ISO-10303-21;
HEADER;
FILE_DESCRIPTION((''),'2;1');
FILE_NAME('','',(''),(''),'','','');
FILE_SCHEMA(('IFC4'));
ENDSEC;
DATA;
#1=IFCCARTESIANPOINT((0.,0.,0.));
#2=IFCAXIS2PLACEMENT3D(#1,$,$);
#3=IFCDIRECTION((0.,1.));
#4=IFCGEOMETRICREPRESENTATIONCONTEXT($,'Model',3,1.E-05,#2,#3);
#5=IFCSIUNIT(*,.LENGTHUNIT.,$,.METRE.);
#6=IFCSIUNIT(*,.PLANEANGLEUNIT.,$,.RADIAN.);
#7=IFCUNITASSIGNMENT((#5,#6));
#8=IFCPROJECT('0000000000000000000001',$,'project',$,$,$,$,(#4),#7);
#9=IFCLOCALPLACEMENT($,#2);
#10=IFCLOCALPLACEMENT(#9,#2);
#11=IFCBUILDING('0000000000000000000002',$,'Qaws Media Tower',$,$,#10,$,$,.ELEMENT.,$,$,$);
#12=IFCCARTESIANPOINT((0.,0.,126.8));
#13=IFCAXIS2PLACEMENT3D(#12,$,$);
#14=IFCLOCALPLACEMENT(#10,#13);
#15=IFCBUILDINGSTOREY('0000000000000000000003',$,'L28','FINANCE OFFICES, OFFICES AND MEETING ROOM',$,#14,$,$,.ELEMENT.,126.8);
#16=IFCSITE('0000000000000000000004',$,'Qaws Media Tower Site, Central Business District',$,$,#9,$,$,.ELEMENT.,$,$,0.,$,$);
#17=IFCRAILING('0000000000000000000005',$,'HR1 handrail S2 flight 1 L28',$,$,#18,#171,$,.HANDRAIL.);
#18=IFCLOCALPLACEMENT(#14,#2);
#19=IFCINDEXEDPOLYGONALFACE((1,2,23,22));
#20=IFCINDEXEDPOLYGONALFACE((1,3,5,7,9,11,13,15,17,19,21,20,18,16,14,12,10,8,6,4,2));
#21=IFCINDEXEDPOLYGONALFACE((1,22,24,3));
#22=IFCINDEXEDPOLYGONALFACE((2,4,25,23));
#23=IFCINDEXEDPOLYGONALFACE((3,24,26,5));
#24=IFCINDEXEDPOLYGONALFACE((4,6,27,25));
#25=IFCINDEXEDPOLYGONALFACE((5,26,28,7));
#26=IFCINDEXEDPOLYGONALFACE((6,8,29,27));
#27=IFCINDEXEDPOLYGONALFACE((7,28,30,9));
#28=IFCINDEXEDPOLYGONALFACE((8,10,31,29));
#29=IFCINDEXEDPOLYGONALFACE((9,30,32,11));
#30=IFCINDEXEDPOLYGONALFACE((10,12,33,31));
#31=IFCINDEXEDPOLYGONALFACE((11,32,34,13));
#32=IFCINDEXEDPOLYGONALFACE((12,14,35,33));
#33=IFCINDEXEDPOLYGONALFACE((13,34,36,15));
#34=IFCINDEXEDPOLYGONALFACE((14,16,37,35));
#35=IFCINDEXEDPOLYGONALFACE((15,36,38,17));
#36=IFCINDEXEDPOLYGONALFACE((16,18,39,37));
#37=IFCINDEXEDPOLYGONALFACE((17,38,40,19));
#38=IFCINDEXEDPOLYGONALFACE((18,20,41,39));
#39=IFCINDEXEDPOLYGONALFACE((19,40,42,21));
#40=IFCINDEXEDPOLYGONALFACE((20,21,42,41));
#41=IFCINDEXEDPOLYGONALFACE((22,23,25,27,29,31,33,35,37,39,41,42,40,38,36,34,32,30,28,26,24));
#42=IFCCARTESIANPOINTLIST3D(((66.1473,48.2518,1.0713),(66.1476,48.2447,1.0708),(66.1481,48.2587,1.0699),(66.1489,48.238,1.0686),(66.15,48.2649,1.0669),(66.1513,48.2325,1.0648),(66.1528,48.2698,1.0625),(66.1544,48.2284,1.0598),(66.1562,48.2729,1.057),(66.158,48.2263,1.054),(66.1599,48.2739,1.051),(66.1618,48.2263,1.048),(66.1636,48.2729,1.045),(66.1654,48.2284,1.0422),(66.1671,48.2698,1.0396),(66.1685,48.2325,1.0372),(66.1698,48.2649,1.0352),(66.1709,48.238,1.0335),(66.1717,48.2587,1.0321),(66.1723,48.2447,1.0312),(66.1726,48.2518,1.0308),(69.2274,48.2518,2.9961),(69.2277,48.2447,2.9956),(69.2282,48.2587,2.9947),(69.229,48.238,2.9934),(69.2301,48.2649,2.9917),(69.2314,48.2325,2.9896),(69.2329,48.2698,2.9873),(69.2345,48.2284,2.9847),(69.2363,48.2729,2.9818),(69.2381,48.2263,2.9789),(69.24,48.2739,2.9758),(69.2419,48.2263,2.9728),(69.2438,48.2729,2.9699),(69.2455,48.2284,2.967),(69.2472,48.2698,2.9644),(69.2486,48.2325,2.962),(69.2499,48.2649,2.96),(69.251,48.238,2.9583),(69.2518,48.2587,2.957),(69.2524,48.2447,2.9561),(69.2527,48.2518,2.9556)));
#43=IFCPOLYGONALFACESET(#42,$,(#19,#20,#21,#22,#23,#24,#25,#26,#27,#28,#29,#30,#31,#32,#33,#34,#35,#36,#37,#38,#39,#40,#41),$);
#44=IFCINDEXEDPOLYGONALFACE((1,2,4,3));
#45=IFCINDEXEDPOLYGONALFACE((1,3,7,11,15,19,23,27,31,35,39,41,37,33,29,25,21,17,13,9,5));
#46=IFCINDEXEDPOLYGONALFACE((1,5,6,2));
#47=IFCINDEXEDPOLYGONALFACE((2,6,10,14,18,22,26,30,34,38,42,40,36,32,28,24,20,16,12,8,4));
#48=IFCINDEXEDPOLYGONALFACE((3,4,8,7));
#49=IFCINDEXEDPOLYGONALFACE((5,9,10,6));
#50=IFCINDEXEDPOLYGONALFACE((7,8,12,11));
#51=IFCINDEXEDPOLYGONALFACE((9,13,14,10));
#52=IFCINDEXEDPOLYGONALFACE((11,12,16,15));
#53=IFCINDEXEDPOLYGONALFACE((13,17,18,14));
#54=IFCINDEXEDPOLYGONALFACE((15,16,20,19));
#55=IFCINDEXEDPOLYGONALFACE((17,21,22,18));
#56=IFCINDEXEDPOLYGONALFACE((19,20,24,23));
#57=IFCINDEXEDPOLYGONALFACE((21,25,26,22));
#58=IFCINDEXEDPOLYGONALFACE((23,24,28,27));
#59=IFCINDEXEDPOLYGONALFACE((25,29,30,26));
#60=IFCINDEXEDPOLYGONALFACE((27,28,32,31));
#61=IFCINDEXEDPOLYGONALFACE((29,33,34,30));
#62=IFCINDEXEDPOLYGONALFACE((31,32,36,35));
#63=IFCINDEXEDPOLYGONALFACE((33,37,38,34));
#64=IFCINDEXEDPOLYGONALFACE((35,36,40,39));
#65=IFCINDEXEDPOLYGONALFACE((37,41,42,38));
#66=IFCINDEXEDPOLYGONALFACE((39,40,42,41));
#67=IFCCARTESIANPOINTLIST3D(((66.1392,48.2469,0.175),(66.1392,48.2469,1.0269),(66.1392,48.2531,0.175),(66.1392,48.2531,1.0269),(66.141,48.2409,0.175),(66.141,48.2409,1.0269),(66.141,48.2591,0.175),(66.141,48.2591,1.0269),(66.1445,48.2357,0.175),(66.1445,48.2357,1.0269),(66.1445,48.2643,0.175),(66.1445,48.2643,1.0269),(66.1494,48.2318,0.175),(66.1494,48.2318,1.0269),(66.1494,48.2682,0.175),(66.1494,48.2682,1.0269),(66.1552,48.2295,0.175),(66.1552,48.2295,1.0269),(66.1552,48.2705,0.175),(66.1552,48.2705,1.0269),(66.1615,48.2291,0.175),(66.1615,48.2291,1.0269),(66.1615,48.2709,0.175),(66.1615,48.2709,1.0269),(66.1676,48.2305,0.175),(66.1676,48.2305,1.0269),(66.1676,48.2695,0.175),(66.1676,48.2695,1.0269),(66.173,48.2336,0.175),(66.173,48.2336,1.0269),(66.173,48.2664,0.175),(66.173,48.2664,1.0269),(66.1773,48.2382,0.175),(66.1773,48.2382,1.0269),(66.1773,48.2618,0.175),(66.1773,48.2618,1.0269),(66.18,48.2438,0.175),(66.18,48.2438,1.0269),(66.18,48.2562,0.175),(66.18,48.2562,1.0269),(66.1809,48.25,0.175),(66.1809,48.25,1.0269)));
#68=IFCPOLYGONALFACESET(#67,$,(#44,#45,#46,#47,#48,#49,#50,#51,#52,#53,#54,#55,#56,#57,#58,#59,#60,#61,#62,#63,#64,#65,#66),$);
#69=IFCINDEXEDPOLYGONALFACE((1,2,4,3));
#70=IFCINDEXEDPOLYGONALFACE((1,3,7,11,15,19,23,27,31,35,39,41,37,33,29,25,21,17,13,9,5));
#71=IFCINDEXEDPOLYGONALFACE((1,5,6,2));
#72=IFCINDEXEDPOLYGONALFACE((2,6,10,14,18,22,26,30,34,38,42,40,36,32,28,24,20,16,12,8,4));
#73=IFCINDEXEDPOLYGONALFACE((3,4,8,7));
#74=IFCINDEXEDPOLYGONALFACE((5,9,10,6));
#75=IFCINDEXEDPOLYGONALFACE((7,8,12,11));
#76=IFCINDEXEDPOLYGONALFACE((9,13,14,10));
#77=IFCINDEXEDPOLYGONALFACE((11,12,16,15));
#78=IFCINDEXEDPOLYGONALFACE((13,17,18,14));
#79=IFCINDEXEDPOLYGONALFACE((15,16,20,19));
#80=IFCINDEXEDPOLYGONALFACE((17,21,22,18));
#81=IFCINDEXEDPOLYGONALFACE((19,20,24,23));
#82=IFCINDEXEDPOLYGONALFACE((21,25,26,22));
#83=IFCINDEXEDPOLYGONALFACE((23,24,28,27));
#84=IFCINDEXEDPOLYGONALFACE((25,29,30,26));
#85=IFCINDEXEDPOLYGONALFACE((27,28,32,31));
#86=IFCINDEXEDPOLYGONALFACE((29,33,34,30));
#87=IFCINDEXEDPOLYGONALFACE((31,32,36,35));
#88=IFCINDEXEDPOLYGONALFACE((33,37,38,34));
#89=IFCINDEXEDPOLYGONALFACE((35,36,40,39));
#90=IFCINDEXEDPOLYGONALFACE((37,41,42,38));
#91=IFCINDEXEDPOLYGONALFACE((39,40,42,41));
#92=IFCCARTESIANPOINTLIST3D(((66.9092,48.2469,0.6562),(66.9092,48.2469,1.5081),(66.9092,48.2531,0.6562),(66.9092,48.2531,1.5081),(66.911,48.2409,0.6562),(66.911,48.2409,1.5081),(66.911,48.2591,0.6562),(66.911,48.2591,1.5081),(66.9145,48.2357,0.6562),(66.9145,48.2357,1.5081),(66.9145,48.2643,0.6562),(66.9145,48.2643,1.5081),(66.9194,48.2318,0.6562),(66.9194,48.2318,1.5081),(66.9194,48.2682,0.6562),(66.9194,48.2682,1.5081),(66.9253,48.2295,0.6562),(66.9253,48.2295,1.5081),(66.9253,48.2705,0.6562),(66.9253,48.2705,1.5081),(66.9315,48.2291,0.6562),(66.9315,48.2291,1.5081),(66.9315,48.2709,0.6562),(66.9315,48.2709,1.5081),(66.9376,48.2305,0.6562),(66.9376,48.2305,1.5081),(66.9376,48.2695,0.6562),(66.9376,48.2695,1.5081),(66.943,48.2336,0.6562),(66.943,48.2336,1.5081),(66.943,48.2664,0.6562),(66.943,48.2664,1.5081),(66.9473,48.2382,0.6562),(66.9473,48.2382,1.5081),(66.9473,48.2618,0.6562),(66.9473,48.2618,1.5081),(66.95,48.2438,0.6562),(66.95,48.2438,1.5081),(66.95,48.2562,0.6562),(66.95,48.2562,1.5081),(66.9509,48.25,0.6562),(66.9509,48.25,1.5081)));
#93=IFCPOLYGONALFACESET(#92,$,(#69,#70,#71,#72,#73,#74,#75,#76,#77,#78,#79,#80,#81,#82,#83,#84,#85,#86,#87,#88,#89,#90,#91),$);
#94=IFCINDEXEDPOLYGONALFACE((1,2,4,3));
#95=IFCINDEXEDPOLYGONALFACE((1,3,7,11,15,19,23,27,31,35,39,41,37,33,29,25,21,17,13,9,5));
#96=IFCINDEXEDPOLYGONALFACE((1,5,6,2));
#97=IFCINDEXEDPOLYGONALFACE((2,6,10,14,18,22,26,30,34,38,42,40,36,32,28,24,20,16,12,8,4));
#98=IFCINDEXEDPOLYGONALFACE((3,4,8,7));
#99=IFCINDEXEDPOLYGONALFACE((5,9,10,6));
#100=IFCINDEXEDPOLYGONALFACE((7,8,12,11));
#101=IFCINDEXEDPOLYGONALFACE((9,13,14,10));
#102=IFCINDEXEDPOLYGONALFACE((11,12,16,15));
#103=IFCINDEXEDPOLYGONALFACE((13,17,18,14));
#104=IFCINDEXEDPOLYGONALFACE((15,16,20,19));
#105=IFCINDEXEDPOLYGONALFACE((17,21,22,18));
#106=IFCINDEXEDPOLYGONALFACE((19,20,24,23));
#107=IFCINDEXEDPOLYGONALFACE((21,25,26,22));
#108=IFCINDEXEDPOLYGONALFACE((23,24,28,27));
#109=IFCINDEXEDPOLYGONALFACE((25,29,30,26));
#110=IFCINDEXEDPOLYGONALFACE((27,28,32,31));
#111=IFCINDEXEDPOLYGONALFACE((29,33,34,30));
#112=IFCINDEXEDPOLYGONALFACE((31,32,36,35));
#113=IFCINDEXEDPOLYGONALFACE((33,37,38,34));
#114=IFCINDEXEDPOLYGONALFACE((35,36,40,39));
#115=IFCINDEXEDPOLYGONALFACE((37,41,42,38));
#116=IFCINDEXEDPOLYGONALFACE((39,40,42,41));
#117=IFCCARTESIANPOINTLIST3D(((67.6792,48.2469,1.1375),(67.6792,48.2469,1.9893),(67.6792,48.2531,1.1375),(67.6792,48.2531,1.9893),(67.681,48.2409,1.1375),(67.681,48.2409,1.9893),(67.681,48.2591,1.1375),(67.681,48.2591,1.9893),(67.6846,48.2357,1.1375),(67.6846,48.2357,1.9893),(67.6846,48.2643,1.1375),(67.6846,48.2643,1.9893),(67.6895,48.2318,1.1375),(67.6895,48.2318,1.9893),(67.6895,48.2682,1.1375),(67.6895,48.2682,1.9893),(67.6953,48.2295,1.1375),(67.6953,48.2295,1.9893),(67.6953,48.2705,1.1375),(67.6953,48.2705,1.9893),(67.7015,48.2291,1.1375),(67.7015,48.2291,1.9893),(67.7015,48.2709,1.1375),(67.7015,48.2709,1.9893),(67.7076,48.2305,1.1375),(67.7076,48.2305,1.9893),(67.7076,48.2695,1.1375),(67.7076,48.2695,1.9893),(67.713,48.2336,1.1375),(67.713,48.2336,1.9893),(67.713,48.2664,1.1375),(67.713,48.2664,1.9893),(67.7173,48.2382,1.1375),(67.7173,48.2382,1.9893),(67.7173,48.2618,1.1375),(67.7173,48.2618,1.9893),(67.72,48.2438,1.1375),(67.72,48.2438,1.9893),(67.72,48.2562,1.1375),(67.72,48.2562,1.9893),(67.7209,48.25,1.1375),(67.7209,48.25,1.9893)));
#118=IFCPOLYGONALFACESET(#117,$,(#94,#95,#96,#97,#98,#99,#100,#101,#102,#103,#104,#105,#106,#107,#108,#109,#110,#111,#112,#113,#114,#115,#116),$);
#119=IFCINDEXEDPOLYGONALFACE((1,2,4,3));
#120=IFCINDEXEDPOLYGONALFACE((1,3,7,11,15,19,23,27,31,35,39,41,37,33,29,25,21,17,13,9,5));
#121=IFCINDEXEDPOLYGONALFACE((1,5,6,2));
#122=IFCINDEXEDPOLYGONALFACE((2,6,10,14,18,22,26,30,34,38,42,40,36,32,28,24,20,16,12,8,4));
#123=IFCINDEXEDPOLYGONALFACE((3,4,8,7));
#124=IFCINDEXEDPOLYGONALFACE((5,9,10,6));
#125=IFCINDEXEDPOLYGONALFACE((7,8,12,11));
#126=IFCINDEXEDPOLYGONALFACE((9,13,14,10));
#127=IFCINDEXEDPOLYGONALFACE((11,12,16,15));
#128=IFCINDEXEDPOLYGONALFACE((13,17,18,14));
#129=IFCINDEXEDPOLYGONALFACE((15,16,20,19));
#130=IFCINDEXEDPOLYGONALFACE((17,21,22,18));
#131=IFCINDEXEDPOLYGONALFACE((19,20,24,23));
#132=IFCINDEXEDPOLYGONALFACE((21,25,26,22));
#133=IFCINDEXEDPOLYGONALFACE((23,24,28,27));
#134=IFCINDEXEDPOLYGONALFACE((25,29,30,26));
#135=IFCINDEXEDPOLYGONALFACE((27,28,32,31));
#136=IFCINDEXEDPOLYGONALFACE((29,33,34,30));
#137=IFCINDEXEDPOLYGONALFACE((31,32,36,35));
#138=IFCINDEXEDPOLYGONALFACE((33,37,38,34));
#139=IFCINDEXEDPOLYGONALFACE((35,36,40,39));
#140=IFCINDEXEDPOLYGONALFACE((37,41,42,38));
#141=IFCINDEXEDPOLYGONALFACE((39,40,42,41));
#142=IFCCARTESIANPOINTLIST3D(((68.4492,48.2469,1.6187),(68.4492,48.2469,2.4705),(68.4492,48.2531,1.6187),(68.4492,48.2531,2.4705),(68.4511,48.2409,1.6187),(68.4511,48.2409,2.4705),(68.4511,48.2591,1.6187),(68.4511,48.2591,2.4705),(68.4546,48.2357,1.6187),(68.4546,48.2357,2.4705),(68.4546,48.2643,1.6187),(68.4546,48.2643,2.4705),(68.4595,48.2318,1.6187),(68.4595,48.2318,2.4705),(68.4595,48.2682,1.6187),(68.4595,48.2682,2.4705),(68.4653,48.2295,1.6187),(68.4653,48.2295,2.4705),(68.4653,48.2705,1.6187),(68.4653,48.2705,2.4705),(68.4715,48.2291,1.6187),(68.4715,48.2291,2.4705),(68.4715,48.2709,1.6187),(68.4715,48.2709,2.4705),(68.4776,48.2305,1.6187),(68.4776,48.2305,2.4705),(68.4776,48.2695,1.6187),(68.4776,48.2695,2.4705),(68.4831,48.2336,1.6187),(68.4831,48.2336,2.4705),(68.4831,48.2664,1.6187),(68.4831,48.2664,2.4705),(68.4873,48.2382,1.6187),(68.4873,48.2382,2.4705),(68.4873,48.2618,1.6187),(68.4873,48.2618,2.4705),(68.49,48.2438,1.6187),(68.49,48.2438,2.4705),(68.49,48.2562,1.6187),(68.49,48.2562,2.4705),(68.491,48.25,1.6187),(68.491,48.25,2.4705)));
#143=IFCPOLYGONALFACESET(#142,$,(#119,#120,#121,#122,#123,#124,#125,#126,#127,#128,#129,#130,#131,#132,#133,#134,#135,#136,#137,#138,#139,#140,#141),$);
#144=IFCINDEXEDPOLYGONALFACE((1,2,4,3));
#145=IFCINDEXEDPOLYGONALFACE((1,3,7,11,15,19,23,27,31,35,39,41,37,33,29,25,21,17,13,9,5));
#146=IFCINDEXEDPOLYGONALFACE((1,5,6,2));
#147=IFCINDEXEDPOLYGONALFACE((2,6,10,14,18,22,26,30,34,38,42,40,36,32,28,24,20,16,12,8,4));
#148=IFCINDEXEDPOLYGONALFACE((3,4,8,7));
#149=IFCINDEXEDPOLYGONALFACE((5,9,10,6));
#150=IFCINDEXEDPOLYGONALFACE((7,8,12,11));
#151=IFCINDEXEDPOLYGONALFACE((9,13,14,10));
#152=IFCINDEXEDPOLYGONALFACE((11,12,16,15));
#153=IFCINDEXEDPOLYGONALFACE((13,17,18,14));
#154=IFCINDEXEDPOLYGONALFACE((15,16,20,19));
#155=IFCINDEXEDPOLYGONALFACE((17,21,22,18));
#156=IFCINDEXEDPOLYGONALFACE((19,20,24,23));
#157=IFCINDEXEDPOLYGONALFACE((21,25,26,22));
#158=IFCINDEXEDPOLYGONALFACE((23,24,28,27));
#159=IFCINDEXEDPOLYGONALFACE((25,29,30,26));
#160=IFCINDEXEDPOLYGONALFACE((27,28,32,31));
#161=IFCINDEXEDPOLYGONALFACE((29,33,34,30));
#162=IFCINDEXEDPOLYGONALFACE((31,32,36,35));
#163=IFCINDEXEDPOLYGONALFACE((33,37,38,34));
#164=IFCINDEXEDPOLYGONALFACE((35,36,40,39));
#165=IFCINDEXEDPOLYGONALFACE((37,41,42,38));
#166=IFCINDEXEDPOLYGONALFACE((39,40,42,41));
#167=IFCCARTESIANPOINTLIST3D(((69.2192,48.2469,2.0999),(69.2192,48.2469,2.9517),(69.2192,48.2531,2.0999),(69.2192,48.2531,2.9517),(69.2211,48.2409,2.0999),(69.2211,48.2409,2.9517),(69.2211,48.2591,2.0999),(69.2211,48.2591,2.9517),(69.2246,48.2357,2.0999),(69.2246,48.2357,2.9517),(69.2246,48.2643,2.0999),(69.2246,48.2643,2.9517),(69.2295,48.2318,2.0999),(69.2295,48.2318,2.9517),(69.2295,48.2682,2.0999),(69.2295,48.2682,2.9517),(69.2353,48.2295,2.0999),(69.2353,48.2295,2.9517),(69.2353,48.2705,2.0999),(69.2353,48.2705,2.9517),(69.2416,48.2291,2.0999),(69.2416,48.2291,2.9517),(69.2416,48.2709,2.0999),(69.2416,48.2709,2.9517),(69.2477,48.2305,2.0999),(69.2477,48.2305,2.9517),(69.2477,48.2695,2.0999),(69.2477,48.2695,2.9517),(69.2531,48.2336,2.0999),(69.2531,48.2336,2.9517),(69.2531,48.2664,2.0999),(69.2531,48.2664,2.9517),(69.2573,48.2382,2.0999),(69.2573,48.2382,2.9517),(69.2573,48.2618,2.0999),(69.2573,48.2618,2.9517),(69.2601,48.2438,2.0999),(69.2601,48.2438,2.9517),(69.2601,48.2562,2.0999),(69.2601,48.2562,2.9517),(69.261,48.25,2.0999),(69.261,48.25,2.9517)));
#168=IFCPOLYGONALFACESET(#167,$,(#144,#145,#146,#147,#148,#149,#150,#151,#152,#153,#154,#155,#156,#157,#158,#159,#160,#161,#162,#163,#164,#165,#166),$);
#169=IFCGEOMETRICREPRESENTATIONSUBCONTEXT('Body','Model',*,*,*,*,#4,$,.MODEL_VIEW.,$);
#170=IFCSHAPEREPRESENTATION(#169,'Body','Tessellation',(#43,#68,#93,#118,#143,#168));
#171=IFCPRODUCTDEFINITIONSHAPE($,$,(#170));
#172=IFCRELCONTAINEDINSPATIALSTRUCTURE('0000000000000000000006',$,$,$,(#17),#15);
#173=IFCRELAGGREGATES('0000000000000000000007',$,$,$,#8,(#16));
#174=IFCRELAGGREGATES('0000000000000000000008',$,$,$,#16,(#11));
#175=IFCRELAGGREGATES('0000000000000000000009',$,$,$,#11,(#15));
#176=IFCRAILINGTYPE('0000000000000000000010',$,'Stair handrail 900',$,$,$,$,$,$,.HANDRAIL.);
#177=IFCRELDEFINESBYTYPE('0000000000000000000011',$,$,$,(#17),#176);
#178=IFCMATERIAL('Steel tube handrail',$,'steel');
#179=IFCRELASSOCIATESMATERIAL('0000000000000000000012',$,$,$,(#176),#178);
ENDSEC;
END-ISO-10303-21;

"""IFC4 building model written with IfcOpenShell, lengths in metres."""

from ifc_helpers import new_model, si_unit, direction, frame, origin, origin_2d, place, context, subcontext, project, spatial, circle, extrude, material, type_object, element, save


model = new_model("IFC4")

# Units and contexts
model_context = context("Model", 3, precision=1e-05, world=origin(), true_north=direction((0.0, 1.0)))
body_context = subcontext(model_context, "Body", "Model", "MODEL_VIEW")
ifc_project = project(units=[si_unit("LENGTHUNIT", "METRE"), si_unit("PLANEANGLEUNIT", "RADIAN")], contexts=[model_context])

# Site, building, storey
site_placement = place(None, origin())
site = spatial("IfcSite", under=ifc_project, at=site_placement, Name="Qaws Media Tower Site, Central Business District", CompositionType="ELEMENT", RefElevation=0.0)
building_placement = place(site_placement, origin())
building = spatial("IfcBuilding", under=site, at=building_placement, Name="Qaws Media Tower", CompositionType="ELEMENT")
storey_placement = place(building_placement, frame((0.0, 0.0, 126.8)))
storey = spatial("IfcBuildingStorey", under=building, at=storey_placement, Name="L28", Description="FINANCE OFFICES, OFFICES AND MEETING ROOM", CompositionType="ELEMENT", Elevation=126.8)

# Railing
ifc_material_1 = material(Name="Steel tube handrail", Category="steel")
railing_type = type_object("IfcRailingType", Name="Stair handrail 900", PredefinedType="HANDRAIL", material=ifc_material_1)
for number, where, name in (
    (1, (66.1599, 48.25, 0.175), "HR1 handrail S2 flight 1 L28"),
):
    element("IfcRailing", number, at=place(storey_placement, frame(where)), inside=storey, type_object=railing_type, Name=name, PredefinedType="HANDRAIL", context=body_context, shape_type="SweptSolid", body=[
        extrude(circle(Radius=0.0239, at=origin_2d()), frame((0.0, 0.0, 0.876), z_axis=(0.848029, 0.0, 0.529951), x_axis=(0.0, 1.0, 0.0)), (0.0, 0.0, 1.0), 3.6321),
        extrude(circle(Radius=0.021, at=origin_2d()), origin(), (0.0, 0.0, 1.0), 0.8518),
        extrude(circle(Radius=0.021, at=origin_2d()), frame((0.77, 0.0, 0.4812)), (0.0, 0.0, 1.0), 0.8518),
        extrude(circle(Radius=0.021, at=origin_2d()), frame((1.54, 0.0, 0.9624)), (0.0, 0.0, 1.0), 0.8518),
        extrude(circle(Radius=0.021, at=origin_2d()), frame((2.3101, 0.0, 1.4436)), (0.0, 0.0, 1.0), 0.8518),
        extrude(circle(Radius=0.021, at=origin_2d()), frame((3.0801, 0.0, 1.9248)), (0.0, 0.0, 1.0), 0.8518),
    ])

save(model, "model.ifc")
